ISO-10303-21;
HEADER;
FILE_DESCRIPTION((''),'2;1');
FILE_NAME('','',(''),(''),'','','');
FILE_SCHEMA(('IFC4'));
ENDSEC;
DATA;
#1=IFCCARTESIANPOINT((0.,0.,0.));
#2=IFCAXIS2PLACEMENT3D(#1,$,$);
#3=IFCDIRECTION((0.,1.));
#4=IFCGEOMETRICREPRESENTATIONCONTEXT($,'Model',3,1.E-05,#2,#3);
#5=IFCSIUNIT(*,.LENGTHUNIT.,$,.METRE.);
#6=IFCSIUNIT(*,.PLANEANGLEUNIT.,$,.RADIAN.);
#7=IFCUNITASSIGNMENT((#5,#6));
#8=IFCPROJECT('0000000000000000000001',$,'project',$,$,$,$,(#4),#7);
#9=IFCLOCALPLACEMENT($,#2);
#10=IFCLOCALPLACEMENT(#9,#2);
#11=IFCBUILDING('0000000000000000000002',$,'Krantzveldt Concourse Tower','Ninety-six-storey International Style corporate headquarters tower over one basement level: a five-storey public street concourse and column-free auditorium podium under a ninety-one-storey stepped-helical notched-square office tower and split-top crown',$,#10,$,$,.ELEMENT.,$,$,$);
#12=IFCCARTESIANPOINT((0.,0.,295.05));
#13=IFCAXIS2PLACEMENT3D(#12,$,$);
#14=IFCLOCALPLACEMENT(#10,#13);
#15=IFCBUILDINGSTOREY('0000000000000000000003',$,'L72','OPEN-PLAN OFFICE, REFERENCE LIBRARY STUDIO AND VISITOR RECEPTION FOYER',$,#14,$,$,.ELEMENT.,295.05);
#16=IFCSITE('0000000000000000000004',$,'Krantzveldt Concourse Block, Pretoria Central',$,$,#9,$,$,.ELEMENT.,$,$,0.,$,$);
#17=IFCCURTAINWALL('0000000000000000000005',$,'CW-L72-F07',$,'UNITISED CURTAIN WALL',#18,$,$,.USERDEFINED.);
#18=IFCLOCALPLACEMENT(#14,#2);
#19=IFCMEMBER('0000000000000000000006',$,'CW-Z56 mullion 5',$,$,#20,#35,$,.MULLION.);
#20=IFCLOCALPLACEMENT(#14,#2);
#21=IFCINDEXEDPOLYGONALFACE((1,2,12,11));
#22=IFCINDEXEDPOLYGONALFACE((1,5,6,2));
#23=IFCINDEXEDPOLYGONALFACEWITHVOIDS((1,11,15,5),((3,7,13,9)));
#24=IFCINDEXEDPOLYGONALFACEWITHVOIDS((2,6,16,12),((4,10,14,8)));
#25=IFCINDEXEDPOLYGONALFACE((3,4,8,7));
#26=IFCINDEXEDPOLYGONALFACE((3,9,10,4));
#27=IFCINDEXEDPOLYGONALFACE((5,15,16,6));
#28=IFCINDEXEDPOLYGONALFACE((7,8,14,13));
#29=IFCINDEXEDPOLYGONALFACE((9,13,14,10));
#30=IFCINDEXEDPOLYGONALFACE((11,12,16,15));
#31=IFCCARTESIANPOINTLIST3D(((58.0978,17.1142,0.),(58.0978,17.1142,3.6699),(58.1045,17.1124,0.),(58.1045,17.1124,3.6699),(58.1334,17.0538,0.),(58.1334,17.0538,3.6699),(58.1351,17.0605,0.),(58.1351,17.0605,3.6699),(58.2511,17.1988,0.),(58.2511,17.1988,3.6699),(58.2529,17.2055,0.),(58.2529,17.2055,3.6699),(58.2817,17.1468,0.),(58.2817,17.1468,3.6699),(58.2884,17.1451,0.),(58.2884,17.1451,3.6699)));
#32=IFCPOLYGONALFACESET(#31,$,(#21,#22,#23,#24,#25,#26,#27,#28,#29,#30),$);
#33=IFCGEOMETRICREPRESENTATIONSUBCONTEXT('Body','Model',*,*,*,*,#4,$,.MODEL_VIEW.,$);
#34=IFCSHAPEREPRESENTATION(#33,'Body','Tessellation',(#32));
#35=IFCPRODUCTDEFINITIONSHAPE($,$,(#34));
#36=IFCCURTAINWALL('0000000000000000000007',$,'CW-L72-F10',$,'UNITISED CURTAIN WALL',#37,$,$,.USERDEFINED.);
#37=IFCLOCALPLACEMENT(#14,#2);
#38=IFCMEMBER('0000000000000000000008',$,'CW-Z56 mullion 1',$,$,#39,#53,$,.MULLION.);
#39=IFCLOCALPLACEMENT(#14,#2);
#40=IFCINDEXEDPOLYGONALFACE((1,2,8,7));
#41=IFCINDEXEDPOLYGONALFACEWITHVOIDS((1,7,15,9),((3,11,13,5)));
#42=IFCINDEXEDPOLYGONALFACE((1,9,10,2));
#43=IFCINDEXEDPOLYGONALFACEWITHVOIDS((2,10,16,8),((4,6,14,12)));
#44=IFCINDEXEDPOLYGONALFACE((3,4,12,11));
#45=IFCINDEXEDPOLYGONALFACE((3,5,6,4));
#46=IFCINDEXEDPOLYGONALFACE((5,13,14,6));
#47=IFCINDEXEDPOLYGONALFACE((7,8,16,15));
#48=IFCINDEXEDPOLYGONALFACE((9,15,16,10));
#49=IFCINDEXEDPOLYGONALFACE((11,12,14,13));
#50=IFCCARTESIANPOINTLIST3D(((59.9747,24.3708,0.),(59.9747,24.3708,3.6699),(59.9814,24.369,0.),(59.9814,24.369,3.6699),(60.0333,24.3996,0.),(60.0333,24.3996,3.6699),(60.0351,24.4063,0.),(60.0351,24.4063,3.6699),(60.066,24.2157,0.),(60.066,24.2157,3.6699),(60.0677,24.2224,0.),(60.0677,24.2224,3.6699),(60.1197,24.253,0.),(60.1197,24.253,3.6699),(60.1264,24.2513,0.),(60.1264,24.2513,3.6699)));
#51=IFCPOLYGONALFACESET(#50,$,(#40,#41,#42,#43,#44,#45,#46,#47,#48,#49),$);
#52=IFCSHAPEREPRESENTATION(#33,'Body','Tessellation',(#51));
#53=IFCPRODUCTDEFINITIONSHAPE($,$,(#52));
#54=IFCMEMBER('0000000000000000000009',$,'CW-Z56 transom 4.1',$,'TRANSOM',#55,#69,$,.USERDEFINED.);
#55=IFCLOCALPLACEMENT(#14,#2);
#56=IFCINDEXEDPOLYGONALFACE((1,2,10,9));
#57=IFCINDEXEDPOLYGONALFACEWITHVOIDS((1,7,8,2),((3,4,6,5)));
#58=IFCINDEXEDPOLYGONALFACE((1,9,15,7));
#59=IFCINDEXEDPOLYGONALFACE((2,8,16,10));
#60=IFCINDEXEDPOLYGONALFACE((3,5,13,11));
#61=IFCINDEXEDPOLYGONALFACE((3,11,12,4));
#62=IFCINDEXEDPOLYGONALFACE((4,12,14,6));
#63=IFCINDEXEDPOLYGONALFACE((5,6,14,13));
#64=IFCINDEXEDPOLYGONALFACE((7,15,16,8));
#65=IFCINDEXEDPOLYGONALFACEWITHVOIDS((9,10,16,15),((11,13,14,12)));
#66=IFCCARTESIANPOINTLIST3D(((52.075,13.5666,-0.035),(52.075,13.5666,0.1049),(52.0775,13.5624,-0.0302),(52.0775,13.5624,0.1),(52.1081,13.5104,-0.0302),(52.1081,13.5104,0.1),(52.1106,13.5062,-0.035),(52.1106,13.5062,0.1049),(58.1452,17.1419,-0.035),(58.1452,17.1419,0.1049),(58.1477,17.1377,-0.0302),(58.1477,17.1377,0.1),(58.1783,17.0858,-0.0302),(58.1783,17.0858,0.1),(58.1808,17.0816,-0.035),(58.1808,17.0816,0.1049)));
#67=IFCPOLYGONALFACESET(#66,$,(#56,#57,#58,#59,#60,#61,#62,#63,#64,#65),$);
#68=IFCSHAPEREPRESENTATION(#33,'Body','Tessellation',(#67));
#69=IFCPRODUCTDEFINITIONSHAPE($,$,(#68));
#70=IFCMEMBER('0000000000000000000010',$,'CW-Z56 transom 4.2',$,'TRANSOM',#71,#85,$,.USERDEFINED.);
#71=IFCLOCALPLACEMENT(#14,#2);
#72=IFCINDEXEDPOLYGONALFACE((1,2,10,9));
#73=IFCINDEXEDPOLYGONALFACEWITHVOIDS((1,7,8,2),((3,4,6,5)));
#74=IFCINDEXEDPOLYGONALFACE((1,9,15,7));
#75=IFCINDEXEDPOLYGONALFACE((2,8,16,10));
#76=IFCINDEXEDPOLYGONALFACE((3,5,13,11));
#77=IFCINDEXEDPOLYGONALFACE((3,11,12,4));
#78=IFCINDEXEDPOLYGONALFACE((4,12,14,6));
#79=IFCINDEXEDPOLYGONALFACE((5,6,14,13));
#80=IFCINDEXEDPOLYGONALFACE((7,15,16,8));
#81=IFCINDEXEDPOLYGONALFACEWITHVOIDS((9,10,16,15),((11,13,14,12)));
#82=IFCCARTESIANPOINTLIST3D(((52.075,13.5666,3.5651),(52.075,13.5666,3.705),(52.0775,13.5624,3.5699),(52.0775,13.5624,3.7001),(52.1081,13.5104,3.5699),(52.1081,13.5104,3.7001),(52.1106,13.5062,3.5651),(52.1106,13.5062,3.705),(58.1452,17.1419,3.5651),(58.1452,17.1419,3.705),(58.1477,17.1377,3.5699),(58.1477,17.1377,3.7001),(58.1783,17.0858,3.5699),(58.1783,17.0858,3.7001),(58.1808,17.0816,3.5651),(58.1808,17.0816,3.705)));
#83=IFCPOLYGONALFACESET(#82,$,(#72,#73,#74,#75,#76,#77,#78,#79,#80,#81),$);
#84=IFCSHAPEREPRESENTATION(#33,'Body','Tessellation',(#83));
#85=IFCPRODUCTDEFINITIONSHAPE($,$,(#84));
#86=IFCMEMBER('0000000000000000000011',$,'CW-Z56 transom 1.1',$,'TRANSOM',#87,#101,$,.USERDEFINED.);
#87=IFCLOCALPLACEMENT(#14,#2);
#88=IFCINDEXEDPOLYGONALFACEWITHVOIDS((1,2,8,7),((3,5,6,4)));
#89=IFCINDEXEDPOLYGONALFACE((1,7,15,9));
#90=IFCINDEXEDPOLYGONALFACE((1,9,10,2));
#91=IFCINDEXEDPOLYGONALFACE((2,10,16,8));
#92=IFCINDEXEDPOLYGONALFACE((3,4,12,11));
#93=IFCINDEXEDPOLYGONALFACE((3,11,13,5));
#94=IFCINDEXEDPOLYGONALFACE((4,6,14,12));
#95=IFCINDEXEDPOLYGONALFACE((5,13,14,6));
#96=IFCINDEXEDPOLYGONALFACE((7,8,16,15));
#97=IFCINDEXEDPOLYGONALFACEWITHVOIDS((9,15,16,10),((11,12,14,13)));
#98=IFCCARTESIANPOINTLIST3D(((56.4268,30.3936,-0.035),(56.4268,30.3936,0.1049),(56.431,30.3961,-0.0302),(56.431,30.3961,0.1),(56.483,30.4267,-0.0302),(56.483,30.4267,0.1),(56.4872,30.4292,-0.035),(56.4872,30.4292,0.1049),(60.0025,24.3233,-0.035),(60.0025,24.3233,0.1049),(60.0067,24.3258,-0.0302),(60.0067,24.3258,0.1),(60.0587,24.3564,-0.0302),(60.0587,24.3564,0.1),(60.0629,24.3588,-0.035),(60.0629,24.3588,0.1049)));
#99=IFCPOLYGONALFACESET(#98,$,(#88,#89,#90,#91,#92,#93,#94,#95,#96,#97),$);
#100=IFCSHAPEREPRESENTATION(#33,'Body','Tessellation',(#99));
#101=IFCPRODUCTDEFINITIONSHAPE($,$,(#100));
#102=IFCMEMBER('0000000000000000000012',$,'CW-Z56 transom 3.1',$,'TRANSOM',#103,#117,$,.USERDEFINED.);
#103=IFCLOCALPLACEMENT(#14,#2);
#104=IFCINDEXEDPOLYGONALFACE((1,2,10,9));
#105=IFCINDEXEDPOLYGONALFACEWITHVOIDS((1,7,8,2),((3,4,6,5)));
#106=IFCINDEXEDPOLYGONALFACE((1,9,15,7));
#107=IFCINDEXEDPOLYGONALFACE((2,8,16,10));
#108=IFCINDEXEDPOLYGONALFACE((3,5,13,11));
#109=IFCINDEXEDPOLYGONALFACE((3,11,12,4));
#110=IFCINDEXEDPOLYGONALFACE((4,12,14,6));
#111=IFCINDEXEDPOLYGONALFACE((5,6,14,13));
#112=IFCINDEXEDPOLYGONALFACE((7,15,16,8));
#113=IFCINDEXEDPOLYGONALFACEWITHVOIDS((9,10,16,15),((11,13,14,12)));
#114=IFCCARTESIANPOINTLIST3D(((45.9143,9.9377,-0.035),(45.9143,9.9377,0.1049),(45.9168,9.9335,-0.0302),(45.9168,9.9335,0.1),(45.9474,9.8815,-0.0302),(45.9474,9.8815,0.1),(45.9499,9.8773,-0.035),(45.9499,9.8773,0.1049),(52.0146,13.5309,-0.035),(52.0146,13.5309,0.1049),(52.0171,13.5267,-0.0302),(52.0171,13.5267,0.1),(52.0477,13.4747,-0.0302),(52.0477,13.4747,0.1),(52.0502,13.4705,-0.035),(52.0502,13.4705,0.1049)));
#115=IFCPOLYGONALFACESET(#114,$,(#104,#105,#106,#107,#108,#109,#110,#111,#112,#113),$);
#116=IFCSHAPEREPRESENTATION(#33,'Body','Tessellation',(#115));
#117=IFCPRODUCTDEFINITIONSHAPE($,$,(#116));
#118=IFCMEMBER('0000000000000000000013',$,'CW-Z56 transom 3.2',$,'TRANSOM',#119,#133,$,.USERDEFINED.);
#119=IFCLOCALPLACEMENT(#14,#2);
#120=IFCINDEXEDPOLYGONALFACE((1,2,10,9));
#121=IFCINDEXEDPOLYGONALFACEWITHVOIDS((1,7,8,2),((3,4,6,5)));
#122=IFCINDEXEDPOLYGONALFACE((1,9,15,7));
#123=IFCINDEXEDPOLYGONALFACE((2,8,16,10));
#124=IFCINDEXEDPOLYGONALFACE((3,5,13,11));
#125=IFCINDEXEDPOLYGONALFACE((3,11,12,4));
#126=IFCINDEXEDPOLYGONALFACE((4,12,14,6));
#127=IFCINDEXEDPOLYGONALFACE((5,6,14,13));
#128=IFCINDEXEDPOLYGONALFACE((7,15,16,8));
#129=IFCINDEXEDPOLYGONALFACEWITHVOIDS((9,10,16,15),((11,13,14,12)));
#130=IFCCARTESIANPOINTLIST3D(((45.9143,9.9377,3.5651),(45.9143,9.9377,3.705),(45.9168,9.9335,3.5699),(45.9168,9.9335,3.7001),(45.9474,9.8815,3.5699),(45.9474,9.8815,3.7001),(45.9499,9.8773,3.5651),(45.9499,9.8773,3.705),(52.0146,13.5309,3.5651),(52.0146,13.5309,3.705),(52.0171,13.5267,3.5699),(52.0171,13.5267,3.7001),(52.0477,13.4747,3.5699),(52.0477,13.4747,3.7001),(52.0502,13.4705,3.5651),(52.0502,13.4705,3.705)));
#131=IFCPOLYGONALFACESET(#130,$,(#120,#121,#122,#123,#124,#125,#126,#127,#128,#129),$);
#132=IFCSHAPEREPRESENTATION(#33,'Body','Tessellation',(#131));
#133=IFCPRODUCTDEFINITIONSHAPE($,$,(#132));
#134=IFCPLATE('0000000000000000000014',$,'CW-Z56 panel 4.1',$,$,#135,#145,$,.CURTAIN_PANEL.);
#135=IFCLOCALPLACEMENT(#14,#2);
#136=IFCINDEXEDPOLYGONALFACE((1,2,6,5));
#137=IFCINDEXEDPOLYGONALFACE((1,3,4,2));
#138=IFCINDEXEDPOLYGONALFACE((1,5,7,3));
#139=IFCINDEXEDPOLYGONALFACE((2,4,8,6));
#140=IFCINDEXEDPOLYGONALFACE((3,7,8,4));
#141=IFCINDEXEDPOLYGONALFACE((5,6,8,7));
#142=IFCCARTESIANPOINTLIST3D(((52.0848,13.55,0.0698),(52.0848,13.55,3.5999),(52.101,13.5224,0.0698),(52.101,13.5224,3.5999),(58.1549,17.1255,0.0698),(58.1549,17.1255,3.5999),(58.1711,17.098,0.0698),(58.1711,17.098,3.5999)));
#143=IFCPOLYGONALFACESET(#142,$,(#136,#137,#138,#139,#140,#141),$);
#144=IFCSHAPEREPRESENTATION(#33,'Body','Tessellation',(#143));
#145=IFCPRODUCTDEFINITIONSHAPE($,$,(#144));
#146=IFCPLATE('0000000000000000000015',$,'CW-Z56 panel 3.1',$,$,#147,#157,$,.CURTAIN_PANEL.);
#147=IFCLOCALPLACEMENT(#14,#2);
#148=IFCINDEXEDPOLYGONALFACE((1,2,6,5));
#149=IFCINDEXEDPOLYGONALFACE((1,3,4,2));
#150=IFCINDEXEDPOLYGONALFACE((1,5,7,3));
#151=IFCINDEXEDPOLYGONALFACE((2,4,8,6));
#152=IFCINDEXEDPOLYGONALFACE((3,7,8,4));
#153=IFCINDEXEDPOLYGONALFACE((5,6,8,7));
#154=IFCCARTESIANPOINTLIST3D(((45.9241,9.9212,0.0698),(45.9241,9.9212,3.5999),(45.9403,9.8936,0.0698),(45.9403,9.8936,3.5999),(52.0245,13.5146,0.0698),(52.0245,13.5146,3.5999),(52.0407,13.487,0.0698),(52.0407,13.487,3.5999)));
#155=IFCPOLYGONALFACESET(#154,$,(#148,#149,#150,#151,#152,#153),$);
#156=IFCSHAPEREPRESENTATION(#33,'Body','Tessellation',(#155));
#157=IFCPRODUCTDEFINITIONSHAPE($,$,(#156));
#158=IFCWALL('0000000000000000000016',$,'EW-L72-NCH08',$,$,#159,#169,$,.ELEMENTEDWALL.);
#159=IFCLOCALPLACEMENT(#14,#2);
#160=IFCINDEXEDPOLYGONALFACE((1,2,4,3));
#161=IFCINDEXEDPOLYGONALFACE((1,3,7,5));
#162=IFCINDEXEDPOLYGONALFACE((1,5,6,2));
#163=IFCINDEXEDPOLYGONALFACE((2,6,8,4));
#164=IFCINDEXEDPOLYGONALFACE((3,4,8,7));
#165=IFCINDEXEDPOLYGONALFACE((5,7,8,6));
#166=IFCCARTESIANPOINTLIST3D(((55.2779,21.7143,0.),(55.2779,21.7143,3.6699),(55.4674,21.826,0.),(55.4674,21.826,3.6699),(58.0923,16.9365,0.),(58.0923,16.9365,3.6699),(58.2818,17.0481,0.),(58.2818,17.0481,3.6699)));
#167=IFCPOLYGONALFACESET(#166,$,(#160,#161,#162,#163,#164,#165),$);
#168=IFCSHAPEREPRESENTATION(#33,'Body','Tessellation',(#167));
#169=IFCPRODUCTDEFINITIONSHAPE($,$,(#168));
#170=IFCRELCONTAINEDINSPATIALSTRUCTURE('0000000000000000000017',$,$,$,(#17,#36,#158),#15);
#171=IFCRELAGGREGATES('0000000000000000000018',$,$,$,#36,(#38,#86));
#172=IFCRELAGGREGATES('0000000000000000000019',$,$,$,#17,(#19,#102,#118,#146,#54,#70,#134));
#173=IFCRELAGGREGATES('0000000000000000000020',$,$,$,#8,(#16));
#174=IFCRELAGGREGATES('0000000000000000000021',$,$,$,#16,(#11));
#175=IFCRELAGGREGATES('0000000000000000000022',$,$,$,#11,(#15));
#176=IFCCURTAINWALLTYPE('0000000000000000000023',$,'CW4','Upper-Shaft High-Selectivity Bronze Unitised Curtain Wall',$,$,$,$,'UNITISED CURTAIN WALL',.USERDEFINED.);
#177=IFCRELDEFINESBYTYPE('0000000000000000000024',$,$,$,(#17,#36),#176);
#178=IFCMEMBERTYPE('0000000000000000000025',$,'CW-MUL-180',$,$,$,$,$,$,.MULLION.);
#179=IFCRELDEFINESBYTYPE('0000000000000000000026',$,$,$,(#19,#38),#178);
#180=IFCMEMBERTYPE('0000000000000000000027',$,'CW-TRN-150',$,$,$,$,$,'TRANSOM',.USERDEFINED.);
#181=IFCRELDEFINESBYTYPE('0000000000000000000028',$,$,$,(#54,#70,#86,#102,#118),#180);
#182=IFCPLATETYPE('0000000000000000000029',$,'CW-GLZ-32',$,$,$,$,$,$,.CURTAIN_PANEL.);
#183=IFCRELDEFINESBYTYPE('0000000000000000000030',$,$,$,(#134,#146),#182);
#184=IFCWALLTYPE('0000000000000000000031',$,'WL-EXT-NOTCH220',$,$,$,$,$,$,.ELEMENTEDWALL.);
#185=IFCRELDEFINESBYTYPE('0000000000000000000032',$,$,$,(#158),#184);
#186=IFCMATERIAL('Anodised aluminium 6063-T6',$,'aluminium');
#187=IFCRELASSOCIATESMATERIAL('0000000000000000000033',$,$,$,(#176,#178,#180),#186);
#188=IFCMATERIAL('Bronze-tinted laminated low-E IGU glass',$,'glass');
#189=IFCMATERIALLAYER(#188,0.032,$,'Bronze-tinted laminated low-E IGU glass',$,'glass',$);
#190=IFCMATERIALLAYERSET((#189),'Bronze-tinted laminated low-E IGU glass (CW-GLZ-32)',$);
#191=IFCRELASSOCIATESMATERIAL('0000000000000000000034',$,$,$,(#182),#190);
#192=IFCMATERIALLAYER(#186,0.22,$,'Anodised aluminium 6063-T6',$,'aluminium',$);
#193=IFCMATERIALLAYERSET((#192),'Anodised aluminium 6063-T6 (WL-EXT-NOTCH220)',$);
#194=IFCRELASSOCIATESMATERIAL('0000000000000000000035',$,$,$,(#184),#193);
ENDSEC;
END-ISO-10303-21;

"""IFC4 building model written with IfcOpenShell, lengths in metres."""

from ifc_helpers import new_model, si_unit, direction, frame, frame_2d, origin, origin_2d, place, context, subcontext, project, spatial, rectangle, hollow_rectangle, extrude, source, transform, mapped, material, layer, layer_set, material_profile, profile_set, type_object, type_shapes, element, aggregate, save


model = new_model("IFC4")

# Units and contexts
model_context = context("Model", 3, precision=1e-05, world=origin(), true_north=direction((0.0, 1.0)))
body_context = subcontext(model_context, "Body", "Model", "MODEL_VIEW")
ifc_project = project(units=[si_unit("LENGTHUNIT", "METRE"), si_unit("PLANEANGLEUNIT", "RADIAN")], contexts=[model_context])

# Site, building, storey
site_placement = place(None, origin())
site = spatial("IfcSite", under=ifc_project, at=site_placement, Name="Krantzveldt Concourse Block, Pretoria Central", CompositionType="ELEMENT", RefElevation=0.0)
building_placement = place(site_placement, origin())
building = spatial("IfcBuilding", under=site, at=building_placement, Name="Krantzveldt Concourse Tower", Description="Ninety-six-storey International Style corporate headquarters tower over one basement level: a five-storey public street concourse and column-free auditorium podium under a ninety-one-storey stepped-helical notched-square office tower and split-top crown", CompositionType="ELEMENT")
storey_placement = place(building_placement, frame((0.0, 0.0, 295.05)))
storey = spatial("IfcBuildingStorey", under=building, at=storey_placement, Name="L72", Description="OPEN-PLAN OFFICE, REFERENCE LIBRARY STUDIO AND VISITOR RECEPTION FOYER", CompositionType="ELEMENT", Elevation=295.05)

# Curtain wall, member
ifc_material_1 = material(Name="Anodised aluminium 6063-T6", Category="aluminium")
curtain_wall_type = type_object("IfcCurtainWallType", Name="CW4", Description="Upper-Shaft High-Selectivity Bronze Unitised Curtain Wall", ElementType="UNITISED CURTAIN WALL", PredefinedType="USERDEFINED", material=ifc_material_1)
curtain_wall_1_placement = place(storey_placement, origin())
curtain_wall_1 = element("IfcCurtainWall", 1, at=curtain_wall_1_placement, inside=storey, type_object=curtain_wall_type, Name="CW-L72-F07", ObjectType="UNITISED CURTAIN WALL", PredefinedType="USERDEFINED")
ifc_material_profile_1 = material_profile(ifc_material_1, hollow_rectangle(XDim=0.0701, YDim=0.1799, WallThickness=0.0049, at=origin_2d()), Name="Anodised aluminium 6063-T6", Category="aluminium")
ifc_profile_set_1 = profile_set([ifc_material_profile_1], Name="Anodised aluminium 6063-T6 - ALU-MULL 180x70x5")
member_type_1 = type_object("IfcMemberType", Name="CW-MUL-180", PredefinedType="MULLION", material=ifc_profile_set_1)
shared_shape_1 = source(origin(), body_context, "Body", "SweptSolid", [
    extrude(hollow_rectangle(XDim=0.0701, YDim=0.1799, WallThickness=0.0049, at=origin_2d()), origin(), (0.0, 0.0, 1.0), 3.6699),
])
type_shapes(member_type_1, [shared_shape_1])
member_1_placement = place(storey_placement, frame((58.1931, 17.1296, 0.0), z_axis=(0.0, 0.0, 1.0), x_axis=(-0.507538, 0.861629, 0.0)))
member_1 = element("IfcMember", 2, at=member_1_placement, type_object=member_type_1, Name="CW-Z56 mullion 5", PredefinedType="MULLION", context=body_context, shape_type="MappedRepresentation", body=[
    mapped(shared_shape_1, transform((0.0, 0.0, 0.0), x_axis=(1.0, 0.0, 0.0), y_axis=(0.0, 1.0, 0.0), z_axis=(0.0, 0.0, 1.0), scale=1.0)),
])

# Curtain wall, member
curtain_wall_2_placement = place(storey_placement, origin())
curtain_wall_2 = element("IfcCurtainWall", 3, at=curtain_wall_2_placement, inside=storey, type_object=curtain_wall_type, Name="CW-L72-F10", ObjectType="UNITISED CURTAIN WALL", PredefinedType="USERDEFINED")
member_2_placement = place(storey_placement, frame((60.0505, 24.311, 0.0), z_axis=(0.0, 0.0, 1.0), x_axis=(-0.861629, -0.507538, 0.0)))
member_2 = element("IfcMember", 4, at=member_2_placement, type_object=member_type_1, Name="CW-Z56 mullion 1", PredefinedType="MULLION", context=body_context, shape_type="MappedRepresentation", body=[
    mapped(shared_shape_1, transform((0.0, 0.0, 0.0), x_axis=(1.0, 0.0, 0.0), y_axis=(0.0, 1.0, 0.0), z_axis=(0.0, 0.0, 1.0), scale=1.0)),
])

# Members
ifc_material_profile_2 = material_profile(ifc_material_1, hollow_rectangle(XDim=0.0701, YDim=0.1399, WallThickness=0.0049, at=origin_2d()), Name="Anodised aluminium 6063-T6", Category="aluminium")
ifc_profile_set_2 = profile_set([ifc_material_profile_2], Name="Anodised aluminium 6063-T6 - ALU-TRAN 140x70x5")
member_type_2 = type_object("IfcMemberType", Name="CW-TRN-150", ElementType="TRANSOM", PredefinedType="USERDEFINED", material=ifc_profile_set_2)
shared_shape_2 = source(origin(), body_context, "Body", "SweptSolid", [
    extrude(hollow_rectangle(XDim=0.0701, YDim=0.1399, WallThickness=0.0049, at=origin_2d()), origin(), (0.0, 0.0, 1.0), 7.0449),
])
member_3_placement = place(storey_placement, frame((52.0928, 13.5364, 0.0349), z_axis=(0.861645, 0.507512, 0.0), x_axis=(-0.507512, 0.861645, 0.0)))
member_3 = element("IfcMember", 5, at=member_3_placement, type_object=member_type_2, Name="CW-Z56 transom 4.1", ObjectType="TRANSOM", PredefinedType="USERDEFINED", context=body_context, shape_type="MappedRepresentation", body=[
    mapped(shared_shape_2, transform((0.0, 0.0, 0.0), x_axis=(1.0, 0.0, 0.0), y_axis=(0.0, 1.0, 0.0), z_axis=(0.0, 0.0, 1.0), scale=1.0)),
])
member_4_placement = place(storey_placement, frame((52.0928, 13.5364, 3.635), z_axis=(0.861645, 0.507512, 0.0), x_axis=(-0.507512, 0.861645, 0.0)))
member_4 = element("IfcMember", 6, at=member_4_placement, type_object=member_type_2, Name="CW-Z56 transom 4.2", ObjectType="TRANSOM", PredefinedType="USERDEFINED", context=body_context, shape_type="MappedRepresentation", body=[
    mapped(shared_shape_2, transform((0.0, 0.0, 0.0), x_axis=(1.0, 0.0, 0.0), y_axis=(0.0, 1.0, 0.0), z_axis=(0.0, 0.0, 1.0), scale=1.0)),
])
shared_shape_3 = source(origin(), body_context, "Body", "SweptSolid", [
    extrude(hollow_rectangle(XDim=0.0701, YDim=0.1399, WallThickness=0.0049, at=origin_2d()), origin(), (0.0, 0.0, 1.0), 7.0452),
])
member_5_placement = place(storey_placement, frame((60.0327, 24.3411, 0.0349), z_axis=(-0.507538, 0.861629, 0.0), x_axis=(-0.861629, -0.507538, 0.0)))
member_5 = element("IfcMember", 7, at=member_5_placement, type_object=member_type_2, Name="CW-Z56 transom 1.1", ObjectType="TRANSOM", PredefinedType="USERDEFINED", context=body_context, shape_type="MappedRepresentation", body=[
    mapped(shared_shape_3, transform((0.0, 0.0, 0.0), x_axis=(1.0, 0.0, 0.0), y_axis=(0.0, 1.0, 0.0), z_axis=(0.0, 0.0, 1.0), scale=1.0)),
])
aggregate(curtain_wall_2, [member_2, member_5])
shared_shape_4 = source(origin(), body_context, "Body", "SweptSolid", [
    extrude(hollow_rectangle(XDim=0.0701, YDim=0.1399, WallThickness=0.0049, at=origin_2d()), origin(), (0.0, 0.0, 1.0), 7.0798),
])
type_shapes(member_type_2, [shared_shape_2, shared_shape_3, shared_shape_4])
member_6_placement = place(storey_placement, frame((45.9321, 9.9075, 0.0349), z_axis=(0.861636, 0.507526, 0.0), x_axis=(-0.507526, 0.861636, 0.0)))
member_6 = element("IfcMember", 8, at=member_6_placement, type_object=member_type_2, Name="CW-Z56 transom 3.1", ObjectType="TRANSOM", PredefinedType="USERDEFINED", context=body_context, shape_type="MappedRepresentation", body=[
    mapped(shared_shape_4, transform((0.0, 0.0, 0.0), x_axis=(1.0, 0.0, 0.0), y_axis=(0.0, 1.0, 0.0), z_axis=(0.0, 0.0, 1.0), scale=1.0)),
])
member_7_placement = place(storey_placement, frame((45.9321, 9.9075, 3.635), z_axis=(0.861636, 0.507526, 0.0), x_axis=(-0.507526, 0.861636, 0.0)))
member_7 = element("IfcMember", 9, at=member_7_placement, type_object=member_type_2, Name="CW-Z56 transom 3.2", ObjectType="TRANSOM", PredefinedType="USERDEFINED", context=body_context, shape_type="MappedRepresentation", body=[
    mapped(shared_shape_4, transform((0.0, 0.0, 0.0), x_axis=(1.0, 0.0, 0.0), y_axis=(0.0, 1.0, 0.0), z_axis=(0.0, 0.0, 1.0), scale=1.0)),
])

# Plates
ifc_material_2 = material(Name="Bronze-tinted laminated low-E IGU glass", Category="glass")
ifc_layer_1 = layer(ifc_material_2, 0.032, Name="Bronze-tinted laminated low-E IGU glass", Category="glass")
ifc_layer_set_1 = layer_set([ifc_layer_1], Name="Bronze-tinted laminated low-E IGU glass (CW-GLZ-32)")
plate_type = type_object("IfcPlateType", Name="CW-GLZ-32", PredefinedType="CURTAIN_PANEL", material=ifc_layer_set_1)
shared_shape_5 = source(origin(), body_context, "Body", "SweptSolid", [
    extrude(rectangle(XDim=7.0449, YDim=0.032, at=origin_2d()), origin(), (0.0, 0.0, 1.0), 3.53),
])
plate_1_placement = place(storey_placement, frame((55.1279, 15.324, 0.0698), z_axis=(0.0, 0.0, 1.0), x_axis=(0.861629, 0.507538, 0.0)))
plate_1 = element("IfcPlate", 10, at=plate_1_placement, type_object=plate_type, Name="CW-Z56 panel 4.1", PredefinedType="CURTAIN_PANEL", context=body_context, shape_type="MappedRepresentation", body=[
    mapped(shared_shape_5, transform((0.0, 0.0, 0.0), x_axis=(1.0, 0.0, 0.0), y_axis=(0.0, 1.0, 0.0), z_axis=(0.0, 0.0, 1.0), scale=1.0)),
])
shared_shape_6 = source(origin(), body_context, "Body", "SweptSolid", [
    extrude(rectangle(XDim=7.0801, YDim=0.032, at=origin_2d()), origin(), (0.0, 0.0, 1.0), 3.53),
])
type_shapes(plate_type, [shared_shape_5, shared_shape_6])
plate_2_placement = place(storey_placement, frame((48.9824, 11.7041, 0.0698), z_axis=(0.0, 0.0, 1.0), x_axis=(0.861629, 0.507538, 0.0)))
plate_2 = element("IfcPlate", 11, at=plate_2_placement, type_object=plate_type, Name="CW-Z56 panel 3.1", PredefinedType="CURTAIN_PANEL", context=body_context, shape_type="MappedRepresentation", body=[
    mapped(shared_shape_6, transform((0.0, 0.0, 0.0), x_axis=(1.0, 0.0, 0.0), y_axis=(0.0, 1.0, 0.0), z_axis=(0.0, 0.0, 1.0), scale=1.0)),
])
aggregate(curtain_wall_1, [member_1, member_6, member_7, plate_2, member_3, member_4, plate_1])

# Wall
ifc_layer_2 = layer(ifc_material_1, 0.22, Name="Anodised aluminium 6063-T6", Category="aluminium")
ifc_layer_set_2 = layer_set([ifc_layer_2], Name="Anodised aluminium 6063-T6 (WL-EXT-NOTCH220)")
wall_type_1 = type_object("IfcWallType", Name="WL-EXT-NOTCH220", PredefinedType="ELEMENTEDWALL", material=ifc_layer_set_2)
wall_1_placement = place(storey_placement, frame((58.187, 16.9924, 0.0), z_axis=(0.0, 0.0, 1.0), x_axis=(-0.507551, 0.861622, 0.0)))
element("IfcWall", 12, at=wall_1_placement, inside=storey, type_object=wall_type_1, Name="EW-L72-NCH08", PredefinedType="ELEMENTEDWALL", context=body_context, shape_type="SweptSolid", body=[
    extrude(rectangle(XDim=5.5452, YDim=0.22, at=frame_2d((2.7725, 0.0))), origin(), (0.0, 0.0, 1.0), 3.6699),
])

save(model, "model.ifc")
